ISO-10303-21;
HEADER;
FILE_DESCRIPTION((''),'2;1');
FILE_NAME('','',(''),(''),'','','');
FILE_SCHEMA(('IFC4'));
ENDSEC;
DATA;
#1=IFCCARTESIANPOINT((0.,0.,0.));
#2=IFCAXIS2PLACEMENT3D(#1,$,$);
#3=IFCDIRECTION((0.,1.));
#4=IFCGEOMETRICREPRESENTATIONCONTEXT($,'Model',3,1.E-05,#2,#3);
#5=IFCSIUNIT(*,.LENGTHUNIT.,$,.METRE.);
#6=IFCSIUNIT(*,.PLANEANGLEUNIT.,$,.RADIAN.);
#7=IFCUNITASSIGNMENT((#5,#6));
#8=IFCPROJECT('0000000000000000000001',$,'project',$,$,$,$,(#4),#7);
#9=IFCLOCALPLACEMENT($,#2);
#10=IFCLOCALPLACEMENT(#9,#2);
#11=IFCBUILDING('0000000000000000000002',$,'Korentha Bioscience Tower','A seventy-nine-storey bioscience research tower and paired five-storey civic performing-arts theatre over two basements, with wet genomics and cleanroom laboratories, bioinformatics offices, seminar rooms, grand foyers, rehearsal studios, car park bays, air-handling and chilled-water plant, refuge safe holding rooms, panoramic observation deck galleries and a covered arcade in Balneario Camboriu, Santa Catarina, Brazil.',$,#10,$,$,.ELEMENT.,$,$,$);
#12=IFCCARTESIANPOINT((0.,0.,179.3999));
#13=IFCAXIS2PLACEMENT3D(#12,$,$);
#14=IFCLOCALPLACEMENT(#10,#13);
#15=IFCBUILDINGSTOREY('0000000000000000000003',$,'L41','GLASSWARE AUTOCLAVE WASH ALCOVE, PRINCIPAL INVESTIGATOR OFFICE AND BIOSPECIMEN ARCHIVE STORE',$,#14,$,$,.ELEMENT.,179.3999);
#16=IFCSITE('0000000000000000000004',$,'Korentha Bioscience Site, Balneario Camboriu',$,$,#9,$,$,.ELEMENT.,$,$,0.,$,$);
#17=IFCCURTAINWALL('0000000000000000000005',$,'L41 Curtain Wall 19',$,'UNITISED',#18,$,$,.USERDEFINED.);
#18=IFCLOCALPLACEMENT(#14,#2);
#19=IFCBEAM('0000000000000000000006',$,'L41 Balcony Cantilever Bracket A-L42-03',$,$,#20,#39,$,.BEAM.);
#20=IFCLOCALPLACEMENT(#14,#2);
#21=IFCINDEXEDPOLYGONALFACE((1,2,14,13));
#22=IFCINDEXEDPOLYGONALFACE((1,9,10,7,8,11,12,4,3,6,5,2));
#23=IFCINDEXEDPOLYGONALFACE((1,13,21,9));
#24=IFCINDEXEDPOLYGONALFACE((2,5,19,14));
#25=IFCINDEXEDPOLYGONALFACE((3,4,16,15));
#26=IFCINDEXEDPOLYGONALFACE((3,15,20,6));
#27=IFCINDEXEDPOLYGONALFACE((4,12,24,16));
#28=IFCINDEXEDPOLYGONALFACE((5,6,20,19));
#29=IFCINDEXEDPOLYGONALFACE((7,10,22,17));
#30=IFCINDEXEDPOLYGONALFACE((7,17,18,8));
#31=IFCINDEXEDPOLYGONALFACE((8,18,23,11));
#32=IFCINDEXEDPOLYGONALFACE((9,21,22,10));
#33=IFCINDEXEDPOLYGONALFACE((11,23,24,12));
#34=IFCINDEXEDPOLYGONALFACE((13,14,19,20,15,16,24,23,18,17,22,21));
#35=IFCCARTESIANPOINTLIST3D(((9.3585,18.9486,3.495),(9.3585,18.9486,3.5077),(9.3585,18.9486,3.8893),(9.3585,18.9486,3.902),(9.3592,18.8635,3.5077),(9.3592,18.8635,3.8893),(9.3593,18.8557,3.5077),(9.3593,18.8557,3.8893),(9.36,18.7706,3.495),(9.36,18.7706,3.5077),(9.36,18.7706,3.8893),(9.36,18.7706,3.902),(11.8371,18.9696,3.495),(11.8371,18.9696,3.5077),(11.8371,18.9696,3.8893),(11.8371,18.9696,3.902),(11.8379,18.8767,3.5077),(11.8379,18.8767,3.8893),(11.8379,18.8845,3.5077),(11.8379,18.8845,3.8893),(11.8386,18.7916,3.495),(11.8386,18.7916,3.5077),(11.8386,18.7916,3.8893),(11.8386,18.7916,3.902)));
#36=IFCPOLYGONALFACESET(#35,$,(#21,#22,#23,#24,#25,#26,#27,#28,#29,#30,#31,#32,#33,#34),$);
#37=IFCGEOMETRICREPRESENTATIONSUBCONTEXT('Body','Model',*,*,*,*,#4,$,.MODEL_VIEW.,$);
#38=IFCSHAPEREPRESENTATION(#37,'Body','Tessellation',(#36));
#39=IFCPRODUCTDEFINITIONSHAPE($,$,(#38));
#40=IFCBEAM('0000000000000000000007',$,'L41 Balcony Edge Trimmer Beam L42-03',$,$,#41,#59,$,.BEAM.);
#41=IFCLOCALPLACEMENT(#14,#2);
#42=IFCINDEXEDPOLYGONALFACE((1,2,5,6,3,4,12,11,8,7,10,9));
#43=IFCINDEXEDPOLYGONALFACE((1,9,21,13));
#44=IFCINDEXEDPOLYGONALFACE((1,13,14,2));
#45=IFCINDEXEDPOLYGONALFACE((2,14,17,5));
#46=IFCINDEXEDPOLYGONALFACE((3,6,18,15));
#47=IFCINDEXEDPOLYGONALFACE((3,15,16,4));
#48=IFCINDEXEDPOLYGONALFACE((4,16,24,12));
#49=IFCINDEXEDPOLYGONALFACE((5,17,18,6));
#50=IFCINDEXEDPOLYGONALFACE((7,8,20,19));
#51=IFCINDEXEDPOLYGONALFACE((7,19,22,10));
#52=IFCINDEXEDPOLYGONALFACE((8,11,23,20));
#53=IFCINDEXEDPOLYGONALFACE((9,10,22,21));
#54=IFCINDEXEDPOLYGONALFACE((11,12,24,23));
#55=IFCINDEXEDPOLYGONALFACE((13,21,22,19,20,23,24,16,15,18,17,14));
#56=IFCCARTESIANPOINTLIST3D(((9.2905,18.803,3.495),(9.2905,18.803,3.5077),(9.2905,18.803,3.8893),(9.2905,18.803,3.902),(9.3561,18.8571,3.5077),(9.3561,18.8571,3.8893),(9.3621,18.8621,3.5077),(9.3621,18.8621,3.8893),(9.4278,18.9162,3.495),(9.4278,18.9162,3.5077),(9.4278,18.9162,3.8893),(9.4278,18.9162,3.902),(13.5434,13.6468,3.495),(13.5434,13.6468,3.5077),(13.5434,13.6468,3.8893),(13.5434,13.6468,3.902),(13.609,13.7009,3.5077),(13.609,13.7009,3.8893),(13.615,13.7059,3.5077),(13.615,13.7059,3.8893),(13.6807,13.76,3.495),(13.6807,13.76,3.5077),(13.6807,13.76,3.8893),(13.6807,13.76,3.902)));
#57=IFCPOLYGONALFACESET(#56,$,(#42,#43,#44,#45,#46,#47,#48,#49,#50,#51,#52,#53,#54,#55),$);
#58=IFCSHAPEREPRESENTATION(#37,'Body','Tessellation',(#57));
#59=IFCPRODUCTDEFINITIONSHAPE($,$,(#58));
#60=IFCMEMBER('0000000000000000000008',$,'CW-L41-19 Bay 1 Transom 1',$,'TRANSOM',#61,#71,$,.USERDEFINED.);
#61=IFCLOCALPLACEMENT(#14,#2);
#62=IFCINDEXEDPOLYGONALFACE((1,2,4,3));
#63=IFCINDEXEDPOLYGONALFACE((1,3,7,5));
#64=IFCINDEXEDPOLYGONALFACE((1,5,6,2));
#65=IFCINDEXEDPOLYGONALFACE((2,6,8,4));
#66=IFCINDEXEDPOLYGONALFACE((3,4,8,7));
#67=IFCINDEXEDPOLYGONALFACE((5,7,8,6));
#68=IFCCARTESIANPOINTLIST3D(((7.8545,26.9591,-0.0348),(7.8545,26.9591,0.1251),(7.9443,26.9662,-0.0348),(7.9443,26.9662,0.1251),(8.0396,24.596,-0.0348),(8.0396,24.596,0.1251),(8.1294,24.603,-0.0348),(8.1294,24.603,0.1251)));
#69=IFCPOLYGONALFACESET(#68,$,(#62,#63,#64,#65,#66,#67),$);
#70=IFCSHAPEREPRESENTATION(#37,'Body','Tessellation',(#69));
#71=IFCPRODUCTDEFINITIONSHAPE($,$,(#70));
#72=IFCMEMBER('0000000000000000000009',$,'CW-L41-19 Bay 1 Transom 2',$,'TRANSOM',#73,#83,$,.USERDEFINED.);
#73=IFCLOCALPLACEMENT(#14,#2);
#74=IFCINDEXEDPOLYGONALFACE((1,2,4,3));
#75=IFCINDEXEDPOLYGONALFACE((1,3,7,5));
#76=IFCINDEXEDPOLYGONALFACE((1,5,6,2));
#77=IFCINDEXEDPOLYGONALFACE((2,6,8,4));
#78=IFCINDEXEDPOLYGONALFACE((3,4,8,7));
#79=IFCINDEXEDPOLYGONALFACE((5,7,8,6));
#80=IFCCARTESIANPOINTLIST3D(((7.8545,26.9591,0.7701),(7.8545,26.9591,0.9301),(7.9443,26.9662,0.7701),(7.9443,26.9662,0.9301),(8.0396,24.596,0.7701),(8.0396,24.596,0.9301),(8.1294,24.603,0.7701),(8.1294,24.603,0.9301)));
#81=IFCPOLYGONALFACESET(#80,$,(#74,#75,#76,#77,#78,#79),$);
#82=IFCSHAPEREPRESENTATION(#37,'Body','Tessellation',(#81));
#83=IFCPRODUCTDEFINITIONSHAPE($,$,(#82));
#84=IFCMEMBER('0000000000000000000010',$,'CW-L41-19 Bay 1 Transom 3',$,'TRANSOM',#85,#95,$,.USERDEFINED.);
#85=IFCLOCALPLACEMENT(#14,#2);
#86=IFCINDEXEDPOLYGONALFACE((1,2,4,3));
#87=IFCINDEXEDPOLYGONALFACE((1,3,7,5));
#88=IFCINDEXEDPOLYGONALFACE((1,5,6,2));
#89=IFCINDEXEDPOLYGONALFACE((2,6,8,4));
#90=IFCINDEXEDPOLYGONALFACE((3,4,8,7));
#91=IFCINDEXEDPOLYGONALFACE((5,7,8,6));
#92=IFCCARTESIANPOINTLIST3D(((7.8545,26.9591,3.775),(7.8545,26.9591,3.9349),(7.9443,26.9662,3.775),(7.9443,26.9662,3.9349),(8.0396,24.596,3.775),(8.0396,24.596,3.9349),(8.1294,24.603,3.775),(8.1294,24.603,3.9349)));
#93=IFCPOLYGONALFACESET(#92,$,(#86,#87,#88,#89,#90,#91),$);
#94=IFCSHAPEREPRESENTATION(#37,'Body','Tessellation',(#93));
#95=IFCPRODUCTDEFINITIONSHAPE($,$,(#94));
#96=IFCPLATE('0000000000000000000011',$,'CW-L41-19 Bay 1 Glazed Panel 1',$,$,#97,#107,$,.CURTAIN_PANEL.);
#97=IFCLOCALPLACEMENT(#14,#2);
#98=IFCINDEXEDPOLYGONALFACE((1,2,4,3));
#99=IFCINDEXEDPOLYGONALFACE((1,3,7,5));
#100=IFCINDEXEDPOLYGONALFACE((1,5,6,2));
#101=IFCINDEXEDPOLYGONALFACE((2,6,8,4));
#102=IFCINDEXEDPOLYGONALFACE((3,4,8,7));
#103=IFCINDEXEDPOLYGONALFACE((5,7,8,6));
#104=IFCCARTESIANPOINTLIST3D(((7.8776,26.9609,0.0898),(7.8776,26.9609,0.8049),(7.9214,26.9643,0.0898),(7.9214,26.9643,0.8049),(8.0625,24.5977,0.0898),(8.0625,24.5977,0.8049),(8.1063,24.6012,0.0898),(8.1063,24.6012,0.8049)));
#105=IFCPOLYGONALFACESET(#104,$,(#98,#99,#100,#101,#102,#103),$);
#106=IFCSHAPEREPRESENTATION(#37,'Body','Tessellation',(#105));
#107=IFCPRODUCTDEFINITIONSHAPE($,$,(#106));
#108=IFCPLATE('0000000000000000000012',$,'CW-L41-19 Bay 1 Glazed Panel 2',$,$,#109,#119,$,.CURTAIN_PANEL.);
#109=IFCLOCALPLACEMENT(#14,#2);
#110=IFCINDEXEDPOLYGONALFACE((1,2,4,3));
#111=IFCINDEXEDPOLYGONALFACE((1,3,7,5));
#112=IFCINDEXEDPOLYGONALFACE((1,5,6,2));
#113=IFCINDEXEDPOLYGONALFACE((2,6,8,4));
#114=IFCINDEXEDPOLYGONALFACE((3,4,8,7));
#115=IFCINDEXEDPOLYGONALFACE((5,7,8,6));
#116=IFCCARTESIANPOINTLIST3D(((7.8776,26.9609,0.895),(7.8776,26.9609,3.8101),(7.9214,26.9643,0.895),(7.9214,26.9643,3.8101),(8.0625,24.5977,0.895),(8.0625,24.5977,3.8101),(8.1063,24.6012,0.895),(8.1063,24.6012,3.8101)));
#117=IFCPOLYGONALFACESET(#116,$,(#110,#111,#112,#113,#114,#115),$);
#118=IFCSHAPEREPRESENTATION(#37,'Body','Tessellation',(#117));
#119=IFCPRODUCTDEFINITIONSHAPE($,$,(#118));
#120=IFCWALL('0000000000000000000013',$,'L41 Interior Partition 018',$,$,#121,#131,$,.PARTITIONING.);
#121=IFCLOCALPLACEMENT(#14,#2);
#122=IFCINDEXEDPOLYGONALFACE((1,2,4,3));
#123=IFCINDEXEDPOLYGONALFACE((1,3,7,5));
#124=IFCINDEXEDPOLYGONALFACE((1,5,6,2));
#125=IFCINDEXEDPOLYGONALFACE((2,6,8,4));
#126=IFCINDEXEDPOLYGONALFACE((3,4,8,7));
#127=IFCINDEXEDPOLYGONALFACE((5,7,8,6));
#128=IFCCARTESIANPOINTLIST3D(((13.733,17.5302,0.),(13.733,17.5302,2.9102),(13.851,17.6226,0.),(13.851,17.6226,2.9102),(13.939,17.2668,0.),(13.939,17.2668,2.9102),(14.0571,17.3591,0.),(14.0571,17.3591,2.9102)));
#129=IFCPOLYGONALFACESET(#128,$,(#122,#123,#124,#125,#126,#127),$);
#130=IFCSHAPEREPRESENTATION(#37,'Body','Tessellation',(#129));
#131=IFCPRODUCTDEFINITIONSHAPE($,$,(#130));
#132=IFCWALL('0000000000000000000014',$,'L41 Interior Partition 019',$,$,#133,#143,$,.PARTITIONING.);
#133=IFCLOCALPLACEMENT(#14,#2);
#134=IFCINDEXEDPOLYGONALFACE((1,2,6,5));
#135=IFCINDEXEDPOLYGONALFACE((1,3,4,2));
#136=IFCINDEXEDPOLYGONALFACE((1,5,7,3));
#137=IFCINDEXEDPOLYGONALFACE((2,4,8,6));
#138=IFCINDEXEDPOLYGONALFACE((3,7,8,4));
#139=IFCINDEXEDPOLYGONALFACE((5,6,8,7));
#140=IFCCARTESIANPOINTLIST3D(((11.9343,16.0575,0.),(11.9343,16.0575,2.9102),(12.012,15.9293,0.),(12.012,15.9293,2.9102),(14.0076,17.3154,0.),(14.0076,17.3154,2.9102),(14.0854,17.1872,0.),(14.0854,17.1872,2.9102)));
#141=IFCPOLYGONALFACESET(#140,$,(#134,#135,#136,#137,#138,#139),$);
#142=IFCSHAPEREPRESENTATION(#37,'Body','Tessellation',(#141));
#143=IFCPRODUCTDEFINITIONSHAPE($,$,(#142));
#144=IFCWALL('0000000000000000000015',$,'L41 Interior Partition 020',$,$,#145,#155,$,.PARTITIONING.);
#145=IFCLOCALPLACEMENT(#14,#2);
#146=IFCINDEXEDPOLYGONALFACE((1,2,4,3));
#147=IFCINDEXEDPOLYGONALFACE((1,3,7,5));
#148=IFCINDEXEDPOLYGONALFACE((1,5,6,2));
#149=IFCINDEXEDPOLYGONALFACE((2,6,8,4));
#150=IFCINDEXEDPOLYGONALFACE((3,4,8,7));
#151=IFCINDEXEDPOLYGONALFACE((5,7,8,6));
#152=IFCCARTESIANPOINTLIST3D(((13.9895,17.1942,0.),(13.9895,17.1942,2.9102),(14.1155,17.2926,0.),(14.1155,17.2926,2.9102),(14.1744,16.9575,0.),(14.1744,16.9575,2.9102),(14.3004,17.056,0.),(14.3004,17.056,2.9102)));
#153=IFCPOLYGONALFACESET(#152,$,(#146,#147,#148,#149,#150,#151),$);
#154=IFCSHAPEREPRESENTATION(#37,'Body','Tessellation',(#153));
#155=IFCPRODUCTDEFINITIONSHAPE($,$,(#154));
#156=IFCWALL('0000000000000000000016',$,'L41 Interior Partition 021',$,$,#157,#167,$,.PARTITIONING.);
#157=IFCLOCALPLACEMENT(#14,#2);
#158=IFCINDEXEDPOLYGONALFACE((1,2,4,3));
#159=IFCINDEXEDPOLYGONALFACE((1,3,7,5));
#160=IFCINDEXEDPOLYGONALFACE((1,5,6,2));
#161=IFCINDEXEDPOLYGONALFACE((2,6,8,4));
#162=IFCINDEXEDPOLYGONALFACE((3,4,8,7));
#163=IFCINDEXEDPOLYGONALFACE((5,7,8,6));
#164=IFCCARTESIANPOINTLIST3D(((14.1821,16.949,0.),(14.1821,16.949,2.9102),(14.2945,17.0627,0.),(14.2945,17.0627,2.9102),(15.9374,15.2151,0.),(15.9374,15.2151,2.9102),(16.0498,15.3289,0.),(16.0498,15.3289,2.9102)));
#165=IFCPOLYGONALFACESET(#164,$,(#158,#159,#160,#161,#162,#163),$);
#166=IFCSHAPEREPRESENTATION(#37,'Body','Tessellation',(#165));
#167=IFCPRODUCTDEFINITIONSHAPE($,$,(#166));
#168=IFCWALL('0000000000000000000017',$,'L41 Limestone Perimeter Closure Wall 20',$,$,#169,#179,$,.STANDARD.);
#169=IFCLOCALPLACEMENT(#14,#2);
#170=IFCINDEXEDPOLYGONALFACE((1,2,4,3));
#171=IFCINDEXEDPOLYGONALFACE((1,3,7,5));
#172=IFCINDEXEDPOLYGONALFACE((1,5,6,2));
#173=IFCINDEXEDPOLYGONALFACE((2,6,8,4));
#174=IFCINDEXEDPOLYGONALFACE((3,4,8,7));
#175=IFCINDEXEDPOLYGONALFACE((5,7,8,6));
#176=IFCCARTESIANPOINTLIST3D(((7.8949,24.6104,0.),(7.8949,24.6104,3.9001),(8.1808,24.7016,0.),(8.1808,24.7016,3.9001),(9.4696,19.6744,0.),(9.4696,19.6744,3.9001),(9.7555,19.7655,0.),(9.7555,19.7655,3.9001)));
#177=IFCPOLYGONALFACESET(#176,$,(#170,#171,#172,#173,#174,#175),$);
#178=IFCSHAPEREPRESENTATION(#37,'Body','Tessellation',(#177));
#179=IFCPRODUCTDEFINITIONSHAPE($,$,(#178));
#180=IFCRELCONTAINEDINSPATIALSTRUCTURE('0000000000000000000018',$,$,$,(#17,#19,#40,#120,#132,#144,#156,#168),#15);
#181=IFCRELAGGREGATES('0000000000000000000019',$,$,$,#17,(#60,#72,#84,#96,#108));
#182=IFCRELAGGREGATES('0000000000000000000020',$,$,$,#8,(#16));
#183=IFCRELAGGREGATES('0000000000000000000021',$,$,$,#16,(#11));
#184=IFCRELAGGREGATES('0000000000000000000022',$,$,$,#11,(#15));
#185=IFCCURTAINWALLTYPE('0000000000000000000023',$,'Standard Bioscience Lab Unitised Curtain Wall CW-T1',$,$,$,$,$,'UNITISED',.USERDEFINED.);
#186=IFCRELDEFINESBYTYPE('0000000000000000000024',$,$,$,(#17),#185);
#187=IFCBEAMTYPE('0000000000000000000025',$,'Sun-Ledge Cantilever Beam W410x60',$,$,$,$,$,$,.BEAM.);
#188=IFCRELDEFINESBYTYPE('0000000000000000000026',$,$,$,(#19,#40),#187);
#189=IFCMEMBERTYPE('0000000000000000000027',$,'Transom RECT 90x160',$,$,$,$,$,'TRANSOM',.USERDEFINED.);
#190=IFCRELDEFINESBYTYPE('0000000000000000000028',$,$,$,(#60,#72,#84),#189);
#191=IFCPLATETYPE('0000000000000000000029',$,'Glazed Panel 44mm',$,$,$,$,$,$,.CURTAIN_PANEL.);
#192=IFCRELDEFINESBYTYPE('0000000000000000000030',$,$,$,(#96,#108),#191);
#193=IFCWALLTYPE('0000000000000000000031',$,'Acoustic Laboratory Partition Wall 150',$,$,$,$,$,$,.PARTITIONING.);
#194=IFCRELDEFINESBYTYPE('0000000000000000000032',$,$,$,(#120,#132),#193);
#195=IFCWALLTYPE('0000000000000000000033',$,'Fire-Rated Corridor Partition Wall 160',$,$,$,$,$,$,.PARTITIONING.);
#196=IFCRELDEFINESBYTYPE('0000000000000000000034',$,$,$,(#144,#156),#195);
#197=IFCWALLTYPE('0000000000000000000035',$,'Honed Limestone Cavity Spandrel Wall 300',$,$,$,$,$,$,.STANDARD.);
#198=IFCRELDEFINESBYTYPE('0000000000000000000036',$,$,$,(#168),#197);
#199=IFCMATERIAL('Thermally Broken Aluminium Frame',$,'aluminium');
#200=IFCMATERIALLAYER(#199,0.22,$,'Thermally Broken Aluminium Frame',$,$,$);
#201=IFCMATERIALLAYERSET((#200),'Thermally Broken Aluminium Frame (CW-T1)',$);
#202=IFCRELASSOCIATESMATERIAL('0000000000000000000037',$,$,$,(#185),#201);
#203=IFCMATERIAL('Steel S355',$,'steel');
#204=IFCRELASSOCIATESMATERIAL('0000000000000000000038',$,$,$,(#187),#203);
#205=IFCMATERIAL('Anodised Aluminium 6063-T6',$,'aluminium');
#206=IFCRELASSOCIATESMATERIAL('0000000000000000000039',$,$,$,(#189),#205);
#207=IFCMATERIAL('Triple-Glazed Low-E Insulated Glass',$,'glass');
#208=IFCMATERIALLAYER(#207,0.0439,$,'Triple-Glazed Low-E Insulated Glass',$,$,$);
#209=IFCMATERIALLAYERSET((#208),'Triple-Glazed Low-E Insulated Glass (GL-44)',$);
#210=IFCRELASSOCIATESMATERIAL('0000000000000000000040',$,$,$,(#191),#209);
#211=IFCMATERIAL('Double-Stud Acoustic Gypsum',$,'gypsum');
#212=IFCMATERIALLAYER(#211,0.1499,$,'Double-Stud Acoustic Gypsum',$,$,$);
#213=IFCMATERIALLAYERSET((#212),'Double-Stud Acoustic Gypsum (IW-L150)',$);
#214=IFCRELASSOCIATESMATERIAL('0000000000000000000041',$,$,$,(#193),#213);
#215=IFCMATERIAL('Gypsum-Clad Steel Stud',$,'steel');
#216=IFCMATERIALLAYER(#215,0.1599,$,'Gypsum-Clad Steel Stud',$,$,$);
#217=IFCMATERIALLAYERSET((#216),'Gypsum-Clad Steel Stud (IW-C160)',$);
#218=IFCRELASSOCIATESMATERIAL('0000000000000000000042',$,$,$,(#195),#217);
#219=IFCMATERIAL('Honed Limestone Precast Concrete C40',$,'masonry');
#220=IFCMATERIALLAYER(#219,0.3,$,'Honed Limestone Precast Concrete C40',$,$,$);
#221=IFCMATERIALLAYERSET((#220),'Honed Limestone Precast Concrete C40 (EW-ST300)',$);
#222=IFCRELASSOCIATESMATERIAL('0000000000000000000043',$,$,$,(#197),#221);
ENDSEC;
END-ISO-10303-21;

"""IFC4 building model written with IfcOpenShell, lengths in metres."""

from ifc_helpers import new_model, si_unit, direction, frame, frame_2d, origin, origin_2d, place, context, subcontext, project, spatial, rectangle, i_section, extrude, material, layer, layer_set, material_profile, profile_set, type_object, element, aggregate, save


model = new_model("IFC4")

# Units and contexts
model_context = context("Model", 3, precision=1e-05, world=origin(), true_north=direction((0.0, 1.0)))
body_context = subcontext(model_context, "Body", "Model", "MODEL_VIEW")
ifc_project = project(units=[si_unit("LENGTHUNIT", "METRE"), si_unit("PLANEANGLEUNIT", "RADIAN")], contexts=[model_context])

# Site, building, storey
site_placement = place(None, origin())
site = spatial("IfcSite", under=ifc_project, at=site_placement, Name="Korentha Bioscience Site, Balneario Camboriu", CompositionType="ELEMENT", RefElevation=0.0)
building_placement = place(site_placement, origin())
building = spatial("IfcBuilding", under=site, at=building_placement, Name="Korentha Bioscience Tower", Description="A seventy-nine-storey bioscience research tower and paired five-storey civic performing-arts theatre over two basements, with wet genomics and cleanroom laboratories, bioinformatics offices, seminar rooms, grand foyers, rehearsal studios, car park bays, air-handling and chilled-water plant, refuge safe holding rooms, panoramic observation deck galleries and a covered arcade in Balneario Camboriu, Santa Catarina, Brazil.", CompositionType="ELEMENT")
storey_placement = place(building_placement, frame((0.0, 0.0, 179.3999)))
storey = spatial("IfcBuildingStorey", under=building, at=storey_placement, Name="L41", Description="GLASSWARE AUTOCLAVE WASH ALCOVE, PRINCIPAL INVESTIGATOR OFFICE AND BIOSPECIMEN ARCHIVE STORE", CompositionType="ELEMENT", Elevation=179.3999)

# Curtain wall
ifc_material_1 = material(Name="Thermally Broken Aluminium Frame", Category="aluminium")
ifc_layer_1 = layer(ifc_material_1, 0.22, Name="Thermally Broken Aluminium Frame")
ifc_layer_set_1 = layer_set([ifc_layer_1], Name="Thermally Broken Aluminium Frame (CW-T1)")
curtain_wall_type = type_object("IfcCurtainWallType", Name="Standard Bioscience Lab Unitised Curtain Wall CW-T1", ElementType="UNITISED", PredefinedType="USERDEFINED", material=ifc_layer_set_1)
curtain_wall_placement = place(storey_placement, origin())
curtain_wall = element("IfcCurtainWall", 1, at=curtain_wall_placement, inside=storey, type_object=curtain_wall_type, Name="L41 Curtain Wall 19", ObjectType="UNITISED", PredefinedType="USERDEFINED")
ifc_material_2 = material(Name="Anodised Aluminium 6063-T6", Category="aluminium")

# Beams
ifc_material_3 = material(Name="Steel S355", Category="steel")
ifc_material_profile_1 = material_profile(ifc_material_3, i_section(OverallWidth=0.178, OverallDepth=0.407, WebThickness=0.0078, FlangeThickness=0.0127, at=origin_2d()), Name="Steel S355")
ifc_profile_set_1 = profile_set([ifc_material_profile_1], Name="Steel S355 (CB-410)")
beam_type_1 = type_object("IfcBeamType", Name="Sun-Ledge Cantilever Beam W410x60", PredefinedType="BEAM", material=ifc_profile_set_1)
beam_1_placement = place(storey_placement, frame((11.8379, 18.8806, 3.6985), z_axis=(-0.999964, -0.00847, 0.0), x_axis=(0.00847, -0.999964, 0.0)))
element("IfcBeam", 2, at=beam_1_placement, inside=storey, type_object=beam_type_1, Name="L41 Balcony Cantilever Bracket A-L42-03", PredefinedType="BEAM", context=body_context, shape_type="SweptSolid", body=[
    extrude(i_section(OverallWidth=0.178, OverallDepth=0.407, WebThickness=0.0078, FlangeThickness=0.0127, at=origin_2d()), origin(), (0.0, 0.0, 1.0), 2.4788),
])
beam_2_placement = place(storey_placement, frame((9.3591, 18.8596, 3.6985), z_axis=(0.636296, -0.771445, 0.0), x_axis=(0.771445, 0.636296, 0.0)))
element("IfcBeam", 3, at=beam_2_placement, inside=storey, type_object=beam_type_1, Name="L41 Balcony Edge Trimmer Beam L42-03", PredefinedType="BEAM", context=body_context, shape_type="SweptSolid", body=[
    extrude(i_section(OverallWidth=0.178, OverallDepth=0.407, WebThickness=0.0078, FlangeThickness=0.0127, at=origin_2d()), origin(), (0.0, 0.0, 1.0), 6.6838),
])

# Members
ifc_material_profile_2 = material_profile(ifc_material_2, rectangle(XDim=0.0901, YDim=0.1599, at=origin_2d()), Name="Anodised Aluminium 6063-T6")
ifc_profile_set_2 = profile_set([ifc_material_profile_2], Name="Anodised Aluminium 6063-T6 (CW-TRN)")
member_type_1 = type_object("IfcMemberType", Name="Transom RECT 90x160", ElementType="TRANSOM", PredefinedType="USERDEFINED", material=ifc_profile_set_2)
member_1_placement = place(storey_placement, frame((7.8994, 26.9626, 0.0452), z_axis=(0.078075, -0.996948, 0.0), x_axis=(0.996948, 0.078075, 0.0)))
member_1 = element("IfcMember", 4, at=member_1_placement, type_object=member_type_1, Name="CW-L41-19 Bay 1 Transom 1", ObjectType="TRANSOM", PredefinedType="USERDEFINED", context=body_context, shape_type="SweptSolid", body=[
    extrude(rectangle(XDim=0.0901, YDim=0.1599, at=origin_2d()), origin(), (0.0, 0.0, 1.0), 2.3704),
])
member_2_placement = place(storey_placement, frame((7.8994, 26.9626, 0.8501), z_axis=(0.078075, -0.996948, 0.0), x_axis=(0.996948, 0.078075, 0.0)))
member_2 = element("IfcMember", 5, at=member_2_placement, type_object=member_type_1, Name="CW-L41-19 Bay 1 Transom 2", ObjectType="TRANSOM", PredefinedType="USERDEFINED", context=body_context, shape_type="SweptSolid", body=[
    extrude(rectangle(XDim=0.0901, YDim=0.1599, at=origin_2d()), origin(), (0.0, 0.0, 1.0), 2.3704),
])
member_3_placement = place(storey_placement, frame((7.8994, 26.9626, 3.855), z_axis=(0.078075, -0.996948, 0.0), x_axis=(0.996948, 0.078075, 0.0)))
member_3 = element("IfcMember", 6, at=member_3_placement, type_object=member_type_1, Name="CW-L41-19 Bay 1 Transom 3", ObjectType="TRANSOM", PredefinedType="USERDEFINED", context=body_context, shape_type="SweptSolid", body=[
    extrude(rectangle(XDim=0.0901, YDim=0.1599, at=origin_2d()), origin(), (0.0, 0.0, 1.0), 2.3704),
])

# Plates
ifc_material_4 = material(Name="Triple-Glazed Low-E Insulated Glass", Category="glass")
ifc_layer_2 = layer(ifc_material_4, 0.0439, Name="Triple-Glazed Low-E Insulated Glass")
ifc_layer_set_2 = layer_set([ifc_layer_2], Name="Triple-Glazed Low-E Insulated Glass (GL-44)")
plate_type = type_object("IfcPlateType", Name="Glazed Panel 44mm", PredefinedType="CURTAIN_PANEL", material=ifc_layer_set_2)
plate_1_placement = place(storey_placement, frame((7.9919, 25.781, 0.0898), z_axis=(0.0, 0.0, 1.0), x_axis=(0.078031, -0.996951, 0.0)))
plate_1 = element("IfcPlate", 7, at=plate_1_placement, type_object=plate_type, Name="CW-L41-19 Bay 1 Glazed Panel 1", PredefinedType="CURTAIN_PANEL", context=body_context, shape_type="SweptSolid", body=[
    extrude(rectangle(XDim=2.3704, YDim=0.0439, at=origin_2d()), origin(), (0.0, 0.0, 1.0), 0.7151),
])
plate_2_placement = place(storey_placement, frame((7.9919, 25.781, 0.895), z_axis=(0.0, 0.0, 1.0), x_axis=(0.078031, -0.996951, 0.0)))
plate_2 = element("IfcPlate", 8, at=plate_2_placement, type_object=plate_type, Name="CW-L41-19 Bay 1 Glazed Panel 2", PredefinedType="CURTAIN_PANEL", context=body_context, shape_type="SweptSolid", body=[
    extrude(rectangle(XDim=2.3704, YDim=0.0439, at=origin_2d()), origin(), (0.0, 0.0, 1.0), 2.915),
])
aggregate(curtain_wall, [member_1, member_2, member_3, plate_1, plate_2])

# Walls
ifc_material_5 = material(Name="Double-Stud Acoustic Gypsum", Category="gypsum")
ifc_layer_3 = layer(ifc_material_5, 0.1499, Name="Double-Stud Acoustic Gypsum")
ifc_layer_set_3 = layer_set([ifc_layer_3], Name="Double-Stud Acoustic Gypsum (IW-L150)")
wall_type_1 = type_object("IfcWallType", Name="Acoustic Laboratory Partition Wall 150", PredefinedType="PARTITIONING", material=ifc_layer_set_3)
wall_1_placement = place(storey_placement, frame((13.792, 17.5764, 0.0), z_axis=(0.0, 0.0, 1.0), x_axis=(0.616111, -0.787659, 0.0)))
element("IfcWall", 9, at=wall_1_placement, inside=storey, type_object=wall_type_1, Name="L41 Interior Partition 018", PredefinedType="PARTITIONING", context=body_context, shape_type="SweptSolid", body=[
    extrude(rectangle(XDim=0.3345, YDim=0.1499, at=frame_2d((0.1672, 0.0))), origin(), (0.0, 0.0, 1.0), 2.9102),
])
wall_2_placement = place(storey_placement, frame((14.0464, 17.2512, 0.0), z_axis=(0.0, 0.0, 1.0), x_axis=(-0.85496, -0.518694, 0.0)))
element("IfcWall", 10, at=wall_2_placement, inside=storey, type_object=wall_type_1, Name="L41 Interior Partition 019", PredefinedType="PARTITIONING", context=body_context, shape_type="SweptSolid", body=[
    extrude(rectangle(XDim=2.425, YDim=0.1499, at=frame_2d((1.2124, 0.0))), origin(), (0.0, 0.0, 1.0), 2.9102),
])
ifc_material_6 = material(Name="Gypsum-Clad Steel Stud", Category="steel")
ifc_layer_4 = layer(ifc_material_6, 0.1599, Name="Gypsum-Clad Steel Stud")
ifc_layer_set_4 = layer_set([ifc_layer_4], Name="Gypsum-Clad Steel Stud (IW-C160)")
wall_type_2 = type_object("IfcWallType", Name="Fire-Rated Corridor Partition Wall 160", PredefinedType="PARTITIONING", material=ifc_layer_set_4)
wall_3_placement = place(storey_placement, frame((14.0525, 17.2434, 0.0), z_axis=(0.0, 0.0, 1.0), x_axis=(0.615628, -0.788037, 0.0)))
element("IfcWall", 11, at=wall_3_placement, inside=storey, type_object=wall_type_2, Name="L41 Interior Partition 020", PredefinedType="PARTITIONING", context=body_context, shape_type="SweptSolid", body=[
    extrude(rectangle(XDim=0.3003, YDim=0.1599, at=frame_2d((0.1501, 0.0))), origin(), (0.0, 0.0, 1.0), 2.9102),
])
wall_4_placement = place(storey_placement, frame((14.2383, 17.0059, 0.0), z_axis=(0.0, 0.0, 1.0), x_axis=(0.711447, -0.70274, 0.0)))
element("IfcWall", 12, at=wall_4_placement, inside=storey, type_object=wall_type_2, Name="L41 Interior Partition 021", PredefinedType="PARTITIONING", context=body_context, shape_type="SweptSolid", body=[
    extrude(rectangle(XDim=2.4673, YDim=0.1599, at=frame_2d((1.2336, 0.0))), origin(), (0.0, 0.0, 1.0), 2.9102),
])
ifc_material_7 = material(Name="Honed Limestone Precast Concrete C40", Category="masonry")
ifc_layer_5 = layer(ifc_material_7, 0.3, Name="Honed Limestone Precast Concrete C40")
ifc_layer_set_5 = layer_set([ifc_layer_5], Name="Honed Limestone Precast Concrete C40 (EW-ST300)")
wall_type_3 = type_object("IfcWallType", Name="Honed Limestone Cavity Spandrel Wall 300", PredefinedType="STANDARD", material=ifc_layer_set_5)
wall_5_placement = place(storey_placement, frame((8.0378, 24.656, 0.0), z_axis=(0.0, 0.0, 1.0), x_axis=(0.303931, -0.952694, 0.0)))
element("IfcWall", 13, at=wall_5_placement, inside=storey, type_object=wall_type_3, Name="L41 Limestone Perimeter Closure Wall 20", PredefinedType="STANDARD", context=body_context, shape_type="SweptSolid", body=[
    extrude(rectangle(XDim=5.1812, YDim=0.3, at=frame_2d((2.5906, 0.0))), origin(), (0.0, 0.0, 1.0), 3.9001),
])

save(model, "model.ifc")
